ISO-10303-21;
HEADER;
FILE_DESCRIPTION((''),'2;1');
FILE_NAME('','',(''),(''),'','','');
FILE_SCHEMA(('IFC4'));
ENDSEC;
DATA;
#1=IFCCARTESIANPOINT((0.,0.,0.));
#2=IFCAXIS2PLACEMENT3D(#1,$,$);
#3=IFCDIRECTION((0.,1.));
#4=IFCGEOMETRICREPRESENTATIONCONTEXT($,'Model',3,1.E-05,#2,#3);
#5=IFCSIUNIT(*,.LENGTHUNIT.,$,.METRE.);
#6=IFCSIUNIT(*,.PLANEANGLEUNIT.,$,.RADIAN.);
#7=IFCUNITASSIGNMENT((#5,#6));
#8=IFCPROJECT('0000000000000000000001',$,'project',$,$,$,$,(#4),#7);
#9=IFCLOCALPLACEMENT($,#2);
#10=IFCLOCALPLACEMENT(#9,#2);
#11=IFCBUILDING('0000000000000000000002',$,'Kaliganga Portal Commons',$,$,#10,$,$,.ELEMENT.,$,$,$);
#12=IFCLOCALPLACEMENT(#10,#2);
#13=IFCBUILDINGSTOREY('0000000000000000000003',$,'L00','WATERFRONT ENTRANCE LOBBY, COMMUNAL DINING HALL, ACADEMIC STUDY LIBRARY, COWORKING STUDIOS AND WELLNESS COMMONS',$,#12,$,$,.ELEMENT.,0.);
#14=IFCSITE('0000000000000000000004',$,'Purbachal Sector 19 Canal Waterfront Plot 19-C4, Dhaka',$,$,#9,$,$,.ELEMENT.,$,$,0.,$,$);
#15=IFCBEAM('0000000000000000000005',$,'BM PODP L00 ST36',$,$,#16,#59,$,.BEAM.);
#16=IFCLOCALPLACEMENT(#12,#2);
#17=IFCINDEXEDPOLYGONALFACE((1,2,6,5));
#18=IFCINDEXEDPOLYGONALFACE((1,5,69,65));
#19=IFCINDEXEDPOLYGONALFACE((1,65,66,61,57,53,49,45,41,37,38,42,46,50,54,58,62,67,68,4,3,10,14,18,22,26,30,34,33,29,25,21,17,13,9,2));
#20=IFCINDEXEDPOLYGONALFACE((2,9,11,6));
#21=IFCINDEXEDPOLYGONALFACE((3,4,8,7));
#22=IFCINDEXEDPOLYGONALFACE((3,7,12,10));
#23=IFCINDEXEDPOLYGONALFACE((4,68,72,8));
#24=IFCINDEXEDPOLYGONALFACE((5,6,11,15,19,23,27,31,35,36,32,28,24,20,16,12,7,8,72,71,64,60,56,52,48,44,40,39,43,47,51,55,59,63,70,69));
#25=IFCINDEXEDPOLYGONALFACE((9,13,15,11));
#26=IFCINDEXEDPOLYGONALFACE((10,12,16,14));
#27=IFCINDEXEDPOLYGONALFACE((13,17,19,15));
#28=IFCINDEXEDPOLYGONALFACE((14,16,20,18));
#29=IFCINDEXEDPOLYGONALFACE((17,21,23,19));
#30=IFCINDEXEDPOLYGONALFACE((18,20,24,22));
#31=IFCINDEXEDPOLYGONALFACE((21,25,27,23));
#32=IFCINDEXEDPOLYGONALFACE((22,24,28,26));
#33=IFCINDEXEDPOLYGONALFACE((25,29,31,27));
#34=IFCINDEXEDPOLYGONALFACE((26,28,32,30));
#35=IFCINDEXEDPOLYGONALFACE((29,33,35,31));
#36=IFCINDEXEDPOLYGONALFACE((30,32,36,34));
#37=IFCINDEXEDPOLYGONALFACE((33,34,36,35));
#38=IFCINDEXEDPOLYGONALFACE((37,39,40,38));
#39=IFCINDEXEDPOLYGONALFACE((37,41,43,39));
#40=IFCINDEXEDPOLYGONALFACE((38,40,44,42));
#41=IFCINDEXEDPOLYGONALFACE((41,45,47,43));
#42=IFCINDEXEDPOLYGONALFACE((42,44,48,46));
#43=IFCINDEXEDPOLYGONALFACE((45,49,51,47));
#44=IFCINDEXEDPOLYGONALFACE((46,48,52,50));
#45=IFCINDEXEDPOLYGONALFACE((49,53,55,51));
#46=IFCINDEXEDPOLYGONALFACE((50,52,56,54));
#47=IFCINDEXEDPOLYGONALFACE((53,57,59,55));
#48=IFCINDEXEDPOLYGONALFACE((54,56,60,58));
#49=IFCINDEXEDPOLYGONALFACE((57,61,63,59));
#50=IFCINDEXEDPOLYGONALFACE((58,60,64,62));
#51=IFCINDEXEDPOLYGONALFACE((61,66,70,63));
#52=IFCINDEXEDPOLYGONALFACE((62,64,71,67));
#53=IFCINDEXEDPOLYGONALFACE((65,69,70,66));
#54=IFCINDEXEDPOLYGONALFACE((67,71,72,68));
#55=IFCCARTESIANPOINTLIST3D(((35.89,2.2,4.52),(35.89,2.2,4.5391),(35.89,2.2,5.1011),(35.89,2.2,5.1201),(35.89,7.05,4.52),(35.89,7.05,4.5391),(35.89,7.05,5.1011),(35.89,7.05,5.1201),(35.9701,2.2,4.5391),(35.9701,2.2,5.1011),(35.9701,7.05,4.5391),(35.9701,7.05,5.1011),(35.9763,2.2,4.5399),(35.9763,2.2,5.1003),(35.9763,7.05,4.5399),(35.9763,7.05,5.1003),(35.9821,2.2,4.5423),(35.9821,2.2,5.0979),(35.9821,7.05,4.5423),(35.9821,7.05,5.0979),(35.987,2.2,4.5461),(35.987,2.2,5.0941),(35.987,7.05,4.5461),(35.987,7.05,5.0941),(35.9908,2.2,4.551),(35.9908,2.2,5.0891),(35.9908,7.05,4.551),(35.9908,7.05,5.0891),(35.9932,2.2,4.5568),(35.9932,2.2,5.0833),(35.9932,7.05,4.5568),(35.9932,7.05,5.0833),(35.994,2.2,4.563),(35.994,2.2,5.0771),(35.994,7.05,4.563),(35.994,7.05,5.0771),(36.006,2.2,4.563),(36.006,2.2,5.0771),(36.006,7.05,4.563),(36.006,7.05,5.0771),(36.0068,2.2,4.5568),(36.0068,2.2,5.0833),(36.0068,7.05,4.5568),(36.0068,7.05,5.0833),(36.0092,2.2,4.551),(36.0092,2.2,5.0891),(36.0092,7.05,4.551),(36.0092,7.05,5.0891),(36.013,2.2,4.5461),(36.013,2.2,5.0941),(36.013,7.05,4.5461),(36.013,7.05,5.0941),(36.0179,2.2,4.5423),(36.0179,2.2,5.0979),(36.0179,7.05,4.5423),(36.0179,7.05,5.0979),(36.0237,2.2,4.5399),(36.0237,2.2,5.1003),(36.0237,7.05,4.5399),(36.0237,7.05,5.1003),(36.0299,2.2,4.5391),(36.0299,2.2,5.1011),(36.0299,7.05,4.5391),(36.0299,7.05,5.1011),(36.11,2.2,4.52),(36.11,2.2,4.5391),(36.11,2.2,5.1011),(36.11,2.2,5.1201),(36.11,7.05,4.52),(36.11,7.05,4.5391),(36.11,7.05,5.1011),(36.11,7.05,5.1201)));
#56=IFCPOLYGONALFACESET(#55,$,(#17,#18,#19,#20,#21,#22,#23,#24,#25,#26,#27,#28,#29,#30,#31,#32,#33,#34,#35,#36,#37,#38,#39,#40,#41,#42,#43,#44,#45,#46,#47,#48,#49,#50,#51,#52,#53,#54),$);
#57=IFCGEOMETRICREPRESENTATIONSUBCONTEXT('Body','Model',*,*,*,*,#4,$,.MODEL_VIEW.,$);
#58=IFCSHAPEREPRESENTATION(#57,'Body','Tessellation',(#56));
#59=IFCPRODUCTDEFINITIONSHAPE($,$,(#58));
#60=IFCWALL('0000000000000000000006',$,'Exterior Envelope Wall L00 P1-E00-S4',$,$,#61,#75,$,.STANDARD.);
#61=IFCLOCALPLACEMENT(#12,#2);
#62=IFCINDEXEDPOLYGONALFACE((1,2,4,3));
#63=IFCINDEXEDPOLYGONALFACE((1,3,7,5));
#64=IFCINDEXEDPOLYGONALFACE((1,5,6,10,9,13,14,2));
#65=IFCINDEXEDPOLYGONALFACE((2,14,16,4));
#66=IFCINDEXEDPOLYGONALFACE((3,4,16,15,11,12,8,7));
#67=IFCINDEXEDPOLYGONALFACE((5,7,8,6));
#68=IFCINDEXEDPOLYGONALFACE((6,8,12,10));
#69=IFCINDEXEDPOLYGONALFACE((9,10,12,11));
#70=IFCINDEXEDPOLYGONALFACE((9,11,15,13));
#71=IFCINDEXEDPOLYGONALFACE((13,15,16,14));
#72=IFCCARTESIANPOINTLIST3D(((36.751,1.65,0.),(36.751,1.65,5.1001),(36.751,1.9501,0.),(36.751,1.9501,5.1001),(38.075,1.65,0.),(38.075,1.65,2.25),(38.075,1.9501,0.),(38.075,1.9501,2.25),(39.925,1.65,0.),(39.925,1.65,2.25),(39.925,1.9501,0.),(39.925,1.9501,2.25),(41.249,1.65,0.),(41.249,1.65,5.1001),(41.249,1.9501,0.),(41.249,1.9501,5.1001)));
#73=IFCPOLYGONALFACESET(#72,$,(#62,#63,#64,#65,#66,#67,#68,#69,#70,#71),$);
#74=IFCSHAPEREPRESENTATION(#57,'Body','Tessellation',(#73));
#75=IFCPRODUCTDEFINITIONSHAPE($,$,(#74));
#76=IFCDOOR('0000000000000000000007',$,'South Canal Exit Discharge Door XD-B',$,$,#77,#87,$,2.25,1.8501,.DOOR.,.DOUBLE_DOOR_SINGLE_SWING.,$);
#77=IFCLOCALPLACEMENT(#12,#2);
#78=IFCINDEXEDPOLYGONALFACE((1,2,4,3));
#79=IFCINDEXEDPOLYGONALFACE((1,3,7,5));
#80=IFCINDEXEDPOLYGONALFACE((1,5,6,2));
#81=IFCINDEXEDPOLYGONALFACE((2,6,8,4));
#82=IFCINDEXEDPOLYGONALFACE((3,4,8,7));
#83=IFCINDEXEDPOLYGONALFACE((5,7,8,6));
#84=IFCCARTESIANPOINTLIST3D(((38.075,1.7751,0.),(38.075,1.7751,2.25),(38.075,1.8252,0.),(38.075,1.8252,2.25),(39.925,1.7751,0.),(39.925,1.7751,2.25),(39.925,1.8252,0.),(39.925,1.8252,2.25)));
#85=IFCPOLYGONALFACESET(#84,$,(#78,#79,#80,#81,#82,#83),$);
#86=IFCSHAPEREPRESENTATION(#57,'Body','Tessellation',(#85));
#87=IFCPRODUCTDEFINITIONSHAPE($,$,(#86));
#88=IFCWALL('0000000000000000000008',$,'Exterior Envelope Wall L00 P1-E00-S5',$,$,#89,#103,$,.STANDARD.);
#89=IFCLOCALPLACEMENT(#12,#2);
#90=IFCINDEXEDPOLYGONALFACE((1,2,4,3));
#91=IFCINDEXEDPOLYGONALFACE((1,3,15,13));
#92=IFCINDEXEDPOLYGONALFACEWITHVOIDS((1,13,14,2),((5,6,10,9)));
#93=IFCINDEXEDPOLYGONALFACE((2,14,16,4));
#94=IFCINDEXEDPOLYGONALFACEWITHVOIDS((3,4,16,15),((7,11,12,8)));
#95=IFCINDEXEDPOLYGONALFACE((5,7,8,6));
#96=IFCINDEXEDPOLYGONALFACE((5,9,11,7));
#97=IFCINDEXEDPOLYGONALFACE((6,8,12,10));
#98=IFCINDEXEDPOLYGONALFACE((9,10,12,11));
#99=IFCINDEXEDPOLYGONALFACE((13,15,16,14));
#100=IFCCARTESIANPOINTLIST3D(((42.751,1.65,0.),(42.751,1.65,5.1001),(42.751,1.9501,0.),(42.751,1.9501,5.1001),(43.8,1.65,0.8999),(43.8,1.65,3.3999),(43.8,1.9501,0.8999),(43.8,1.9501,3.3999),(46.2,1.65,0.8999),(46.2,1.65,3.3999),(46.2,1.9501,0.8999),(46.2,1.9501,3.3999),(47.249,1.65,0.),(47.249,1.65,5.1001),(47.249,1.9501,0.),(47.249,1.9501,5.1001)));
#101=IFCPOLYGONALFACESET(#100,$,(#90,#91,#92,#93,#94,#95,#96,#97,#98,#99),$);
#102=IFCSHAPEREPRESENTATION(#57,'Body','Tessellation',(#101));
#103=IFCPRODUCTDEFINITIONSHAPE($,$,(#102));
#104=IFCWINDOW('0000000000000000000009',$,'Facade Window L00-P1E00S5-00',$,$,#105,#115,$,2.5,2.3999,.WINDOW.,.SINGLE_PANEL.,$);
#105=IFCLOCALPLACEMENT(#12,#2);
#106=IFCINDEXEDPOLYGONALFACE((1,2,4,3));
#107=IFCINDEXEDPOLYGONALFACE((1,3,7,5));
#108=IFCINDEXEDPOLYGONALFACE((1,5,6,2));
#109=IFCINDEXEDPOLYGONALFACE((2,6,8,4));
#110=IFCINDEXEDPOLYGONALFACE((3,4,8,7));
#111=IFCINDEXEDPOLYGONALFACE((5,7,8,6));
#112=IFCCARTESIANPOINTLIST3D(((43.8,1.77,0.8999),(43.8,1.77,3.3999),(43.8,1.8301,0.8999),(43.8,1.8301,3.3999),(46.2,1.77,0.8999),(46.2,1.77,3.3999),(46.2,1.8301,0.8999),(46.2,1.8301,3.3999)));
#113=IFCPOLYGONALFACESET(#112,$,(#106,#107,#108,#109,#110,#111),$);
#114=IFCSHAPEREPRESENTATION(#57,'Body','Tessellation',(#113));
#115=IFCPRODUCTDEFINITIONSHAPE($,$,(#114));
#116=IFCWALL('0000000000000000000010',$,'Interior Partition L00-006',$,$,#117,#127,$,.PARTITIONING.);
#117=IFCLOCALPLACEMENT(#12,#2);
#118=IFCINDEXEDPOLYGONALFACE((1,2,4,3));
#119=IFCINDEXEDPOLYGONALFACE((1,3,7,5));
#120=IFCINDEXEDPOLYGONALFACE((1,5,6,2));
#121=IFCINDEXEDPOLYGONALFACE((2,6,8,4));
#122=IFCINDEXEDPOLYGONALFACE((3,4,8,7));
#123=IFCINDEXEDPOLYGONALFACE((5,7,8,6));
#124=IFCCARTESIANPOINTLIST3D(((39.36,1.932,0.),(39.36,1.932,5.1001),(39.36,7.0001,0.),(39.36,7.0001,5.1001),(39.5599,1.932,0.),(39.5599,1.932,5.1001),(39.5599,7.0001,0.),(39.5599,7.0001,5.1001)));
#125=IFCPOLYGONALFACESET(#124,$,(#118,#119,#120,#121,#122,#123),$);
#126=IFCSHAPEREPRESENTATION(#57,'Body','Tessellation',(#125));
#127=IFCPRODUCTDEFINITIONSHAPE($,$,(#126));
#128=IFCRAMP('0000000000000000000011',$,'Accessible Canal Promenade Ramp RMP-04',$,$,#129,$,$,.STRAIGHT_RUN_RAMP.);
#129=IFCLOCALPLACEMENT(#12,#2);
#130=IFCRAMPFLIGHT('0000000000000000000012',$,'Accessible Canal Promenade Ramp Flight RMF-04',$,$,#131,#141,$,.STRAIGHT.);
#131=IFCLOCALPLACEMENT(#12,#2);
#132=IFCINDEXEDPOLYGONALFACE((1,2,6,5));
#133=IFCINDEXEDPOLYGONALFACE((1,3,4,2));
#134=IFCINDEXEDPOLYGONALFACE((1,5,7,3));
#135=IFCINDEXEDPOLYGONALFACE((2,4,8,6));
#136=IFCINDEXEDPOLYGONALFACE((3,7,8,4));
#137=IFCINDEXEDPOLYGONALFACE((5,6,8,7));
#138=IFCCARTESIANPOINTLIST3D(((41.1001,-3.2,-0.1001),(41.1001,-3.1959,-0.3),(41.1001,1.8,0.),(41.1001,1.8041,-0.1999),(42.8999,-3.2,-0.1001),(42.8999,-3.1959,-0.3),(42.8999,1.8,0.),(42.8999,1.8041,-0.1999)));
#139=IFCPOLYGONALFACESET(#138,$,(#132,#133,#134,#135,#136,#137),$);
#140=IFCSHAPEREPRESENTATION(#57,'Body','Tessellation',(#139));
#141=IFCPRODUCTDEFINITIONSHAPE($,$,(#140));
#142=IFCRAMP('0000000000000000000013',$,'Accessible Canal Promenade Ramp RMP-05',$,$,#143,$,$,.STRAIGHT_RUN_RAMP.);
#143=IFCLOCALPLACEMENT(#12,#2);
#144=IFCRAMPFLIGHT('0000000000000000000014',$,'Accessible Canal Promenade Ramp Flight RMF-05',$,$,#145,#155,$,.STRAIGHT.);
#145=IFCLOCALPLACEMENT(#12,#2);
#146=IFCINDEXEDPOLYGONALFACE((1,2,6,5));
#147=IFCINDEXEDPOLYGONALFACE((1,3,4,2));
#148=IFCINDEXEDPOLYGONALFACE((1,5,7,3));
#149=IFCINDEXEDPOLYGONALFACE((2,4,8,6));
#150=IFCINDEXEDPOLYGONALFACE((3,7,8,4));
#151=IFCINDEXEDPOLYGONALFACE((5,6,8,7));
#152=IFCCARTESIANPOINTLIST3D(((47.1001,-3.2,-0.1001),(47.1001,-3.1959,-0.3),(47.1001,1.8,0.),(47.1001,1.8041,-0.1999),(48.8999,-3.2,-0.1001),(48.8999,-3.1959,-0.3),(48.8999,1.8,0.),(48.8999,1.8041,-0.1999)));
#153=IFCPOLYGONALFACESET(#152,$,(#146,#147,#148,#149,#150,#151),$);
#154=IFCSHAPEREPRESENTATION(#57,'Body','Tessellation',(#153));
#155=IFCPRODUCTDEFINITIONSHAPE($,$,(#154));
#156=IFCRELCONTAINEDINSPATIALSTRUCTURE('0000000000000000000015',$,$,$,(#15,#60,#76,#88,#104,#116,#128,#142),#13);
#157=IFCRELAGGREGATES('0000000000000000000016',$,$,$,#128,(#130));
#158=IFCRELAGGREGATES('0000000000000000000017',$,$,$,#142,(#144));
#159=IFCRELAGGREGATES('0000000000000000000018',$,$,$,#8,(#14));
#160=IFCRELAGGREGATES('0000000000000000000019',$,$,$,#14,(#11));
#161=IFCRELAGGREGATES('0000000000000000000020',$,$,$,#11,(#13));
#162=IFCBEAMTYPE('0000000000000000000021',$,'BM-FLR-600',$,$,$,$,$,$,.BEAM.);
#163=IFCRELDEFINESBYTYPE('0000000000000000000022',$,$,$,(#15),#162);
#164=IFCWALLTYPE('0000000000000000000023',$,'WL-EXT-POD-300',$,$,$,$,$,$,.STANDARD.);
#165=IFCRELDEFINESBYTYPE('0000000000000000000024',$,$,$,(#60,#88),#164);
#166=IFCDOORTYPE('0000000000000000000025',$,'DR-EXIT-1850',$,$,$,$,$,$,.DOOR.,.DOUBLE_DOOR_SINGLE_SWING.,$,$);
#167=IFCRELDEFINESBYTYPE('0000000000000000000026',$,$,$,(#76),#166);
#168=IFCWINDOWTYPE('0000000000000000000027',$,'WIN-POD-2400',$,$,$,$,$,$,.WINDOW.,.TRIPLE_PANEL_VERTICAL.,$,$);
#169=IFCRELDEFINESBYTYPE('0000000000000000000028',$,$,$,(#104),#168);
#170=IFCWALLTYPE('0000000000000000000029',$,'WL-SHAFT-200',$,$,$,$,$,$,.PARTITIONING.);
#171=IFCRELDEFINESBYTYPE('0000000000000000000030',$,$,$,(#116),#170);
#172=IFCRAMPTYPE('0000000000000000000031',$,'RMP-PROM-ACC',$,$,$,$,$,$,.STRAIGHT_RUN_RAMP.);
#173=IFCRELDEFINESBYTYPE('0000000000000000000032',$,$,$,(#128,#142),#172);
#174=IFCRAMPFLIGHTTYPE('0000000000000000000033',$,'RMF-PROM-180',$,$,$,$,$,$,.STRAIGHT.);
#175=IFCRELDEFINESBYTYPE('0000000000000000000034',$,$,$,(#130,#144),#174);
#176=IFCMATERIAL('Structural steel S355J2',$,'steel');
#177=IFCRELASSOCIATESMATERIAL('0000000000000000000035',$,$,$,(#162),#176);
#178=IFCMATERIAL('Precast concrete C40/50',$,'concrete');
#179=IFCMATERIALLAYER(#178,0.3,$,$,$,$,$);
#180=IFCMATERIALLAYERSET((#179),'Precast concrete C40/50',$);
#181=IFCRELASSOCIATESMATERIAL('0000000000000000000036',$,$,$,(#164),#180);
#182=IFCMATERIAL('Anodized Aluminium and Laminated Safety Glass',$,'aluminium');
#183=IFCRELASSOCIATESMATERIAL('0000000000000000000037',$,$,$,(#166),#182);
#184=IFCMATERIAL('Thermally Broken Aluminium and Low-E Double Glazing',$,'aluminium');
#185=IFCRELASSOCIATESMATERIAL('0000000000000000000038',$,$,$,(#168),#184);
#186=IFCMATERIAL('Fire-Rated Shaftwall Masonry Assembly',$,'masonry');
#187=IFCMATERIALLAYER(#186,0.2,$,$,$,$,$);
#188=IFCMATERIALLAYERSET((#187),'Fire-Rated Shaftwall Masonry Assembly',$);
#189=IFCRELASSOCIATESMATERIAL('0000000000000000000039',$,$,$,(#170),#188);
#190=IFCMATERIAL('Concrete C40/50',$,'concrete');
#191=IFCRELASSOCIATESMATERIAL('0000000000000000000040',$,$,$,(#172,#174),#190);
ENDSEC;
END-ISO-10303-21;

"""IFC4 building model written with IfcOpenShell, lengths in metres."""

from ifc_helpers import new_model, si_unit, direction, frame, frame_2d, origin, origin_2d, place, context, subcontext, project, spatial, polyline, rectangle, i_section, outline, extrude, source, transform, mapped, material, layer, layer_set, material_profile, profile_set, type_object, element, fill, aggregate, save


model = new_model("IFC4")

# Units and contexts
model_context = context("Model", 3, precision=1e-05, world=origin(), true_north=direction((0.0, 1.0)))
body_context = subcontext(model_context, "Body", "Model", "MODEL_VIEW")
ifc_project = project(units=[si_unit("LENGTHUNIT", "METRE"), si_unit("PLANEANGLEUNIT", "RADIAN")], contexts=[model_context])

# Site, building, storey
site_placement = place(None, origin())
site = spatial("IfcSite", under=ifc_project, at=site_placement, Name="Purbachal Sector 19 Canal Waterfront Plot 19-C4, Dhaka", CompositionType="ELEMENT", RefElevation=0.0)
building_placement = place(site_placement, origin())
building = spatial("IfcBuilding", under=site, at=building_placement, Name="Kaliganga Portal Commons", CompositionType="ELEMENT")
storey_placement = place(building_placement, origin())
storey = spatial("IfcBuildingStorey", under=building, at=storey_placement, Name="L00", Description="WATERFRONT ENTRANCE LOBBY, COMMUNAL DINING HALL, ACADEMIC STUDY LIBRARY, COWORKING STUDIOS AND WELLNESS COMMONS", CompositionType="ELEMENT", Elevation=0.0)

# Beam
ifc_material_1 = material(Name="Structural steel S355J2", Category="steel")
ifc_material_profile_1 = material_profile(ifc_material_1, i_section(OverallWidth=0.22, OverallDepth=0.6001, WebThickness=0.012, FlangeThickness=0.019, FilletRadius=0.0239, at=origin_2d()), Name="IPE 600")
ifc_profile_set_1 = profile_set([ifc_material_profile_1], Name="Structural steel S355J2 wide-flange")
beam_type_1 = type_object("IfcBeamType", Name="BM-FLR-600", PredefinedType="BEAM", material=ifc_profile_set_1)
shared_shape_1 = source(origin(), body_context, "Body", "SweptSolid", [
    extrude(i_section(OverallWidth=0.22, OverallDepth=0.6001, WebThickness=0.012, FlangeThickness=0.019, FilletRadius=0.0239, at=origin_2d()), origin(), (0.0, 0.0, 1.0), 4.8501),
])
beam_1_placement = place(storey_placement, frame((36.0, 2.2, 4.8201), z_axis=(0.0, 1.0, 0.0), x_axis=(-1.0, 0.0, 0.0)))
element("IfcBeam", 1, at=beam_1_placement, inside=storey, type_object=beam_type_1, Name="BM PODP L00 ST36", PredefinedType="BEAM", context=body_context, shape_type="MappedRepresentation", body=[
    mapped(shared_shape_1, transform((0.0, 0.0, 0.0), x_axis=(1.0, 0.0, 0.0), y_axis=(0.0, 1.0, 0.0), z_axis=(0.0, 0.0, 1.0), scale=1.0)),
])

# Wall, opening, door
ifc_material_2 = material(Name="Precast concrete C40/50", Category="concrete")
ifc_layer_1 = layer(ifc_material_2, 0.3)
ifc_layer_set_1 = layer_set([ifc_layer_1], Name="Precast concrete C40/50")
wall_type_1 = type_object("IfcWallType", Name="WL-EXT-POD-300", PredefinedType="STANDARD", material=ifc_layer_set_1)
wall_1_placement = place(storey_placement, frame((41.249, 1.8, 0.0), z_axis=(0.0, 0.0, 1.0), x_axis=(-1.0, 0.0, 0.0)))
wall_1 = element("IfcWall", 2, at=wall_1_placement, inside=storey, type_object=wall_type_1, Name="Exterior Envelope Wall L00 P1-E00-S4", PredefinedType="STANDARD", context=body_context, shape_type="SweptSolid", body=[
    extrude(rectangle(XDim=4.498, YDim=0.3, at=frame_2d((2.249, 0.0))), origin(), (0.0, 0.0, 1.0), 5.1001),
])
opening_1_placement = place(wall_1_placement, frame((1.324, 0.0, 0.0)))
opening_1 = element("IfcOpeningElement", 3, at=opening_1_placement, cuts=wall_1, PredefinedType="OPENING", context=body_context, shape_type="SweptSolid", body=[
    extrude(rectangle(XDim=1.8501, YDim=2.25, at=frame_2d((0.925, 1.125))), frame((0.0, 0.1602, 0.0), z_axis=(0.0, -1.0, 0.0), x_axis=(1.0, 0.0, 0.0)), (0.0, 0.0, 1.0), 0.3201),
])
ifc_material_3 = material(Name="Anodized Aluminium and Laminated Safety Glass", Category="aluminium")
door_type = type_object("IfcDoorType", Name="DR-EXIT-1850", OperationType="DOUBLE_DOOR_SINGLE_SWING", PredefinedType="DOOR", material=ifc_material_3)
door_placement = place(opening_1_placement, origin())
door = element("IfcDoor", 4, at=door_placement, inside=storey, type_object=door_type, Name="South Canal Exit Discharge Door XD-B", OperationType="DOUBLE_DOOR_SINGLE_SWING", OverallHeight=2.25, OverallWidth=1.8501, PredefinedType="DOOR", context=body_context, shape_type="SweptSolid", body=[
    extrude(rectangle(XDim=1.8501, YDim=2.25, at=frame_2d((0.925, 1.125))), frame((0.0, 0.0249, 0.0), z_axis=(0.0, -1.0, 0.0), x_axis=(1.0, 0.0, 0.0)), (0.0, 0.0, 1.0), 0.05),
])
fill(opening_1, door)

# Wall, opening, window
wall_2_placement = place(storey_placement, frame((47.249, 1.8, 0.0), z_axis=(0.0, 0.0, 1.0), x_axis=(-1.0, 0.0, 0.0)))
wall_2 = element("IfcWall", 5, at=wall_2_placement, inside=storey, type_object=wall_type_1, Name="Exterior Envelope Wall L00 P1-E00-S5", PredefinedType="STANDARD", context=body_context, shape_type="SweptSolid", body=[
    extrude(rectangle(XDim=4.498, YDim=0.3, at=frame_2d((2.249, 0.0))), origin(), (0.0, 0.0, 1.0), 5.1001),
])
opening_2_placement = place(wall_2_placement, frame((1.0491, 0.0, 0.8999)))
opening_2 = element("IfcOpeningElement", 6, at=opening_2_placement, cuts=wall_2, PredefinedType="OPENING", context=body_context, shape_type="SweptSolid", body=[
    extrude(rectangle(XDim=2.3999, YDim=2.5, at=frame_2d((1.2, 1.25))), frame((0.0, 0.1602, 0.0), z_axis=(0.0, -1.0, 0.0), x_axis=(1.0, 0.0, 0.0)), (0.0, 0.0, 1.0), 0.3201),
])
ifc_material_4 = material(Name="Thermally Broken Aluminium and Low-E Double Glazing", Category="aluminium")
window_type = type_object("IfcWindowType", Name="WIN-POD-2400", PartitioningType="TRIPLE_PANEL_VERTICAL", PredefinedType="WINDOW", material=ifc_material_4)
window_placement = place(opening_2_placement, origin())
window = element("IfcWindow", 7, at=window_placement, inside=storey, type_object=window_type, Name="Facade Window L00-P1E00S5-00", OverallHeight=2.5, OverallWidth=2.3999, PartitioningType="SINGLE_PANEL", PredefinedType="WINDOW", context=body_context, shape_type="SweptSolid", body=[
    extrude(rectangle(XDim=2.3999, YDim=2.5, at=frame_2d((1.2, 1.25))), frame((0.0, 0.03, 0.0), z_axis=(0.0, -1.0, 0.0), x_axis=(1.0, 0.0, 0.0)), (0.0, 0.0, 1.0), 0.0601),
])
fill(opening_2, window)

# Wall
ifc_material_5 = material(Name="Fire-Rated Shaftwall Masonry Assembly", Category="masonry")
ifc_layer_2 = layer(ifc_material_5, 0.2)
ifc_layer_set_2 = layer_set([ifc_layer_2], Name="Fire-Rated Shaftwall Masonry Assembly")
wall_type_2 = type_object("IfcWallType", Name="WL-SHAFT-200", PredefinedType="PARTITIONING", material=ifc_layer_set_2)
wall_3_placement = place(storey_placement, frame((39.46, 1.9319, 0.0), z_axis=(0.0, 0.0, 1.0), x_axis=(0.0, 1.0, 0.0)))
element("IfcWall", 8, at=wall_3_placement, inside=storey, type_object=wall_type_2, Name="Interior Partition L00-006", PredefinedType="PARTITIONING", context=body_context, shape_type="SweptSolid", body=[
    extrude(rectangle(XDim=5.0681, YDim=0.2, at=frame_2d((2.5342, 0.0))), origin(), (0.0, 0.0, 1.0), 5.1001),
])

# Ramps, ramp flights
ifc_material_6 = material(Name="Concrete C40/50", Category="concrete")
ramp_type = type_object("IfcRampType", Name="RMP-PROM-ACC", PredefinedType="STRAIGHT_RUN_RAMP", material=ifc_material_6)
ramp_1_placement = place(storey_placement, origin())
ramp_1 = element("IfcRamp", 9, at=ramp_1_placement, inside=storey, type_object=ramp_type, Name="Accessible Canal Promenade Ramp RMP-04", PredefinedType="STRAIGHT_RUN_RAMP")
ramp_flight_type = type_object("IfcRampFlightType", Name="RMF-PROM-180", PredefinedType="STRAIGHT", material=ifc_material_6)
ramp_flight_1_placement = place(storey_placement, frame((41.1001, -3.2, -0.1001), z_axis=(0.0, -0.020016, 0.9998), x_axis=(1.0, 0.0, 0.0)))
ramp_flight_1 = element("IfcRampFlight", 10, at=ramp_flight_1_placement, type_object=ramp_flight_type, Name="Accessible Canal Promenade Ramp Flight RMF-04", PredefinedType="STRAIGHT", context=body_context, shape_type="SweptSolid", body=[
    extrude(outline(polyline([(0.0, 0.0), (1.7998, 0.0), (1.7998, 5.001), (0.0, 5.001), (0.0, 0.0)])), origin(), (0.0, 0.0, -1.0), 0.2),
])
ramp_2_placement = place(storey_placement, origin())
ramp_2 = element("IfcRamp", 11, at=ramp_2_placement, inside=storey, type_object=ramp_type, Name="Accessible Canal Promenade Ramp RMP-05", PredefinedType="STRAIGHT_RUN_RAMP")
ramp_flight_2_placement = place(storey_placement, frame((47.1001, -3.2, -0.1001), z_axis=(0.0, -0.020016, 0.9998), x_axis=(1.0, 0.0, 0.0)))
ramp_flight_2 = element("IfcRampFlight", 12, at=ramp_flight_2_placement, type_object=ramp_flight_type, Name="Accessible Canal Promenade Ramp Flight RMF-05", PredefinedType="STRAIGHT", context=body_context, shape_type="SweptSolid", body=[
    extrude(outline(polyline([(0.0, 0.0), (1.7998, 0.0), (1.7998, 5.001), (0.0, 5.001), (0.0, 0.0)])), origin(), (0.0, 0.0, -1.0), 0.2),
])

aggregate(ramp_1, [ramp_flight_1])
aggregate(ramp_2, [ramp_flight_2])

save(model, "model.ifc")
